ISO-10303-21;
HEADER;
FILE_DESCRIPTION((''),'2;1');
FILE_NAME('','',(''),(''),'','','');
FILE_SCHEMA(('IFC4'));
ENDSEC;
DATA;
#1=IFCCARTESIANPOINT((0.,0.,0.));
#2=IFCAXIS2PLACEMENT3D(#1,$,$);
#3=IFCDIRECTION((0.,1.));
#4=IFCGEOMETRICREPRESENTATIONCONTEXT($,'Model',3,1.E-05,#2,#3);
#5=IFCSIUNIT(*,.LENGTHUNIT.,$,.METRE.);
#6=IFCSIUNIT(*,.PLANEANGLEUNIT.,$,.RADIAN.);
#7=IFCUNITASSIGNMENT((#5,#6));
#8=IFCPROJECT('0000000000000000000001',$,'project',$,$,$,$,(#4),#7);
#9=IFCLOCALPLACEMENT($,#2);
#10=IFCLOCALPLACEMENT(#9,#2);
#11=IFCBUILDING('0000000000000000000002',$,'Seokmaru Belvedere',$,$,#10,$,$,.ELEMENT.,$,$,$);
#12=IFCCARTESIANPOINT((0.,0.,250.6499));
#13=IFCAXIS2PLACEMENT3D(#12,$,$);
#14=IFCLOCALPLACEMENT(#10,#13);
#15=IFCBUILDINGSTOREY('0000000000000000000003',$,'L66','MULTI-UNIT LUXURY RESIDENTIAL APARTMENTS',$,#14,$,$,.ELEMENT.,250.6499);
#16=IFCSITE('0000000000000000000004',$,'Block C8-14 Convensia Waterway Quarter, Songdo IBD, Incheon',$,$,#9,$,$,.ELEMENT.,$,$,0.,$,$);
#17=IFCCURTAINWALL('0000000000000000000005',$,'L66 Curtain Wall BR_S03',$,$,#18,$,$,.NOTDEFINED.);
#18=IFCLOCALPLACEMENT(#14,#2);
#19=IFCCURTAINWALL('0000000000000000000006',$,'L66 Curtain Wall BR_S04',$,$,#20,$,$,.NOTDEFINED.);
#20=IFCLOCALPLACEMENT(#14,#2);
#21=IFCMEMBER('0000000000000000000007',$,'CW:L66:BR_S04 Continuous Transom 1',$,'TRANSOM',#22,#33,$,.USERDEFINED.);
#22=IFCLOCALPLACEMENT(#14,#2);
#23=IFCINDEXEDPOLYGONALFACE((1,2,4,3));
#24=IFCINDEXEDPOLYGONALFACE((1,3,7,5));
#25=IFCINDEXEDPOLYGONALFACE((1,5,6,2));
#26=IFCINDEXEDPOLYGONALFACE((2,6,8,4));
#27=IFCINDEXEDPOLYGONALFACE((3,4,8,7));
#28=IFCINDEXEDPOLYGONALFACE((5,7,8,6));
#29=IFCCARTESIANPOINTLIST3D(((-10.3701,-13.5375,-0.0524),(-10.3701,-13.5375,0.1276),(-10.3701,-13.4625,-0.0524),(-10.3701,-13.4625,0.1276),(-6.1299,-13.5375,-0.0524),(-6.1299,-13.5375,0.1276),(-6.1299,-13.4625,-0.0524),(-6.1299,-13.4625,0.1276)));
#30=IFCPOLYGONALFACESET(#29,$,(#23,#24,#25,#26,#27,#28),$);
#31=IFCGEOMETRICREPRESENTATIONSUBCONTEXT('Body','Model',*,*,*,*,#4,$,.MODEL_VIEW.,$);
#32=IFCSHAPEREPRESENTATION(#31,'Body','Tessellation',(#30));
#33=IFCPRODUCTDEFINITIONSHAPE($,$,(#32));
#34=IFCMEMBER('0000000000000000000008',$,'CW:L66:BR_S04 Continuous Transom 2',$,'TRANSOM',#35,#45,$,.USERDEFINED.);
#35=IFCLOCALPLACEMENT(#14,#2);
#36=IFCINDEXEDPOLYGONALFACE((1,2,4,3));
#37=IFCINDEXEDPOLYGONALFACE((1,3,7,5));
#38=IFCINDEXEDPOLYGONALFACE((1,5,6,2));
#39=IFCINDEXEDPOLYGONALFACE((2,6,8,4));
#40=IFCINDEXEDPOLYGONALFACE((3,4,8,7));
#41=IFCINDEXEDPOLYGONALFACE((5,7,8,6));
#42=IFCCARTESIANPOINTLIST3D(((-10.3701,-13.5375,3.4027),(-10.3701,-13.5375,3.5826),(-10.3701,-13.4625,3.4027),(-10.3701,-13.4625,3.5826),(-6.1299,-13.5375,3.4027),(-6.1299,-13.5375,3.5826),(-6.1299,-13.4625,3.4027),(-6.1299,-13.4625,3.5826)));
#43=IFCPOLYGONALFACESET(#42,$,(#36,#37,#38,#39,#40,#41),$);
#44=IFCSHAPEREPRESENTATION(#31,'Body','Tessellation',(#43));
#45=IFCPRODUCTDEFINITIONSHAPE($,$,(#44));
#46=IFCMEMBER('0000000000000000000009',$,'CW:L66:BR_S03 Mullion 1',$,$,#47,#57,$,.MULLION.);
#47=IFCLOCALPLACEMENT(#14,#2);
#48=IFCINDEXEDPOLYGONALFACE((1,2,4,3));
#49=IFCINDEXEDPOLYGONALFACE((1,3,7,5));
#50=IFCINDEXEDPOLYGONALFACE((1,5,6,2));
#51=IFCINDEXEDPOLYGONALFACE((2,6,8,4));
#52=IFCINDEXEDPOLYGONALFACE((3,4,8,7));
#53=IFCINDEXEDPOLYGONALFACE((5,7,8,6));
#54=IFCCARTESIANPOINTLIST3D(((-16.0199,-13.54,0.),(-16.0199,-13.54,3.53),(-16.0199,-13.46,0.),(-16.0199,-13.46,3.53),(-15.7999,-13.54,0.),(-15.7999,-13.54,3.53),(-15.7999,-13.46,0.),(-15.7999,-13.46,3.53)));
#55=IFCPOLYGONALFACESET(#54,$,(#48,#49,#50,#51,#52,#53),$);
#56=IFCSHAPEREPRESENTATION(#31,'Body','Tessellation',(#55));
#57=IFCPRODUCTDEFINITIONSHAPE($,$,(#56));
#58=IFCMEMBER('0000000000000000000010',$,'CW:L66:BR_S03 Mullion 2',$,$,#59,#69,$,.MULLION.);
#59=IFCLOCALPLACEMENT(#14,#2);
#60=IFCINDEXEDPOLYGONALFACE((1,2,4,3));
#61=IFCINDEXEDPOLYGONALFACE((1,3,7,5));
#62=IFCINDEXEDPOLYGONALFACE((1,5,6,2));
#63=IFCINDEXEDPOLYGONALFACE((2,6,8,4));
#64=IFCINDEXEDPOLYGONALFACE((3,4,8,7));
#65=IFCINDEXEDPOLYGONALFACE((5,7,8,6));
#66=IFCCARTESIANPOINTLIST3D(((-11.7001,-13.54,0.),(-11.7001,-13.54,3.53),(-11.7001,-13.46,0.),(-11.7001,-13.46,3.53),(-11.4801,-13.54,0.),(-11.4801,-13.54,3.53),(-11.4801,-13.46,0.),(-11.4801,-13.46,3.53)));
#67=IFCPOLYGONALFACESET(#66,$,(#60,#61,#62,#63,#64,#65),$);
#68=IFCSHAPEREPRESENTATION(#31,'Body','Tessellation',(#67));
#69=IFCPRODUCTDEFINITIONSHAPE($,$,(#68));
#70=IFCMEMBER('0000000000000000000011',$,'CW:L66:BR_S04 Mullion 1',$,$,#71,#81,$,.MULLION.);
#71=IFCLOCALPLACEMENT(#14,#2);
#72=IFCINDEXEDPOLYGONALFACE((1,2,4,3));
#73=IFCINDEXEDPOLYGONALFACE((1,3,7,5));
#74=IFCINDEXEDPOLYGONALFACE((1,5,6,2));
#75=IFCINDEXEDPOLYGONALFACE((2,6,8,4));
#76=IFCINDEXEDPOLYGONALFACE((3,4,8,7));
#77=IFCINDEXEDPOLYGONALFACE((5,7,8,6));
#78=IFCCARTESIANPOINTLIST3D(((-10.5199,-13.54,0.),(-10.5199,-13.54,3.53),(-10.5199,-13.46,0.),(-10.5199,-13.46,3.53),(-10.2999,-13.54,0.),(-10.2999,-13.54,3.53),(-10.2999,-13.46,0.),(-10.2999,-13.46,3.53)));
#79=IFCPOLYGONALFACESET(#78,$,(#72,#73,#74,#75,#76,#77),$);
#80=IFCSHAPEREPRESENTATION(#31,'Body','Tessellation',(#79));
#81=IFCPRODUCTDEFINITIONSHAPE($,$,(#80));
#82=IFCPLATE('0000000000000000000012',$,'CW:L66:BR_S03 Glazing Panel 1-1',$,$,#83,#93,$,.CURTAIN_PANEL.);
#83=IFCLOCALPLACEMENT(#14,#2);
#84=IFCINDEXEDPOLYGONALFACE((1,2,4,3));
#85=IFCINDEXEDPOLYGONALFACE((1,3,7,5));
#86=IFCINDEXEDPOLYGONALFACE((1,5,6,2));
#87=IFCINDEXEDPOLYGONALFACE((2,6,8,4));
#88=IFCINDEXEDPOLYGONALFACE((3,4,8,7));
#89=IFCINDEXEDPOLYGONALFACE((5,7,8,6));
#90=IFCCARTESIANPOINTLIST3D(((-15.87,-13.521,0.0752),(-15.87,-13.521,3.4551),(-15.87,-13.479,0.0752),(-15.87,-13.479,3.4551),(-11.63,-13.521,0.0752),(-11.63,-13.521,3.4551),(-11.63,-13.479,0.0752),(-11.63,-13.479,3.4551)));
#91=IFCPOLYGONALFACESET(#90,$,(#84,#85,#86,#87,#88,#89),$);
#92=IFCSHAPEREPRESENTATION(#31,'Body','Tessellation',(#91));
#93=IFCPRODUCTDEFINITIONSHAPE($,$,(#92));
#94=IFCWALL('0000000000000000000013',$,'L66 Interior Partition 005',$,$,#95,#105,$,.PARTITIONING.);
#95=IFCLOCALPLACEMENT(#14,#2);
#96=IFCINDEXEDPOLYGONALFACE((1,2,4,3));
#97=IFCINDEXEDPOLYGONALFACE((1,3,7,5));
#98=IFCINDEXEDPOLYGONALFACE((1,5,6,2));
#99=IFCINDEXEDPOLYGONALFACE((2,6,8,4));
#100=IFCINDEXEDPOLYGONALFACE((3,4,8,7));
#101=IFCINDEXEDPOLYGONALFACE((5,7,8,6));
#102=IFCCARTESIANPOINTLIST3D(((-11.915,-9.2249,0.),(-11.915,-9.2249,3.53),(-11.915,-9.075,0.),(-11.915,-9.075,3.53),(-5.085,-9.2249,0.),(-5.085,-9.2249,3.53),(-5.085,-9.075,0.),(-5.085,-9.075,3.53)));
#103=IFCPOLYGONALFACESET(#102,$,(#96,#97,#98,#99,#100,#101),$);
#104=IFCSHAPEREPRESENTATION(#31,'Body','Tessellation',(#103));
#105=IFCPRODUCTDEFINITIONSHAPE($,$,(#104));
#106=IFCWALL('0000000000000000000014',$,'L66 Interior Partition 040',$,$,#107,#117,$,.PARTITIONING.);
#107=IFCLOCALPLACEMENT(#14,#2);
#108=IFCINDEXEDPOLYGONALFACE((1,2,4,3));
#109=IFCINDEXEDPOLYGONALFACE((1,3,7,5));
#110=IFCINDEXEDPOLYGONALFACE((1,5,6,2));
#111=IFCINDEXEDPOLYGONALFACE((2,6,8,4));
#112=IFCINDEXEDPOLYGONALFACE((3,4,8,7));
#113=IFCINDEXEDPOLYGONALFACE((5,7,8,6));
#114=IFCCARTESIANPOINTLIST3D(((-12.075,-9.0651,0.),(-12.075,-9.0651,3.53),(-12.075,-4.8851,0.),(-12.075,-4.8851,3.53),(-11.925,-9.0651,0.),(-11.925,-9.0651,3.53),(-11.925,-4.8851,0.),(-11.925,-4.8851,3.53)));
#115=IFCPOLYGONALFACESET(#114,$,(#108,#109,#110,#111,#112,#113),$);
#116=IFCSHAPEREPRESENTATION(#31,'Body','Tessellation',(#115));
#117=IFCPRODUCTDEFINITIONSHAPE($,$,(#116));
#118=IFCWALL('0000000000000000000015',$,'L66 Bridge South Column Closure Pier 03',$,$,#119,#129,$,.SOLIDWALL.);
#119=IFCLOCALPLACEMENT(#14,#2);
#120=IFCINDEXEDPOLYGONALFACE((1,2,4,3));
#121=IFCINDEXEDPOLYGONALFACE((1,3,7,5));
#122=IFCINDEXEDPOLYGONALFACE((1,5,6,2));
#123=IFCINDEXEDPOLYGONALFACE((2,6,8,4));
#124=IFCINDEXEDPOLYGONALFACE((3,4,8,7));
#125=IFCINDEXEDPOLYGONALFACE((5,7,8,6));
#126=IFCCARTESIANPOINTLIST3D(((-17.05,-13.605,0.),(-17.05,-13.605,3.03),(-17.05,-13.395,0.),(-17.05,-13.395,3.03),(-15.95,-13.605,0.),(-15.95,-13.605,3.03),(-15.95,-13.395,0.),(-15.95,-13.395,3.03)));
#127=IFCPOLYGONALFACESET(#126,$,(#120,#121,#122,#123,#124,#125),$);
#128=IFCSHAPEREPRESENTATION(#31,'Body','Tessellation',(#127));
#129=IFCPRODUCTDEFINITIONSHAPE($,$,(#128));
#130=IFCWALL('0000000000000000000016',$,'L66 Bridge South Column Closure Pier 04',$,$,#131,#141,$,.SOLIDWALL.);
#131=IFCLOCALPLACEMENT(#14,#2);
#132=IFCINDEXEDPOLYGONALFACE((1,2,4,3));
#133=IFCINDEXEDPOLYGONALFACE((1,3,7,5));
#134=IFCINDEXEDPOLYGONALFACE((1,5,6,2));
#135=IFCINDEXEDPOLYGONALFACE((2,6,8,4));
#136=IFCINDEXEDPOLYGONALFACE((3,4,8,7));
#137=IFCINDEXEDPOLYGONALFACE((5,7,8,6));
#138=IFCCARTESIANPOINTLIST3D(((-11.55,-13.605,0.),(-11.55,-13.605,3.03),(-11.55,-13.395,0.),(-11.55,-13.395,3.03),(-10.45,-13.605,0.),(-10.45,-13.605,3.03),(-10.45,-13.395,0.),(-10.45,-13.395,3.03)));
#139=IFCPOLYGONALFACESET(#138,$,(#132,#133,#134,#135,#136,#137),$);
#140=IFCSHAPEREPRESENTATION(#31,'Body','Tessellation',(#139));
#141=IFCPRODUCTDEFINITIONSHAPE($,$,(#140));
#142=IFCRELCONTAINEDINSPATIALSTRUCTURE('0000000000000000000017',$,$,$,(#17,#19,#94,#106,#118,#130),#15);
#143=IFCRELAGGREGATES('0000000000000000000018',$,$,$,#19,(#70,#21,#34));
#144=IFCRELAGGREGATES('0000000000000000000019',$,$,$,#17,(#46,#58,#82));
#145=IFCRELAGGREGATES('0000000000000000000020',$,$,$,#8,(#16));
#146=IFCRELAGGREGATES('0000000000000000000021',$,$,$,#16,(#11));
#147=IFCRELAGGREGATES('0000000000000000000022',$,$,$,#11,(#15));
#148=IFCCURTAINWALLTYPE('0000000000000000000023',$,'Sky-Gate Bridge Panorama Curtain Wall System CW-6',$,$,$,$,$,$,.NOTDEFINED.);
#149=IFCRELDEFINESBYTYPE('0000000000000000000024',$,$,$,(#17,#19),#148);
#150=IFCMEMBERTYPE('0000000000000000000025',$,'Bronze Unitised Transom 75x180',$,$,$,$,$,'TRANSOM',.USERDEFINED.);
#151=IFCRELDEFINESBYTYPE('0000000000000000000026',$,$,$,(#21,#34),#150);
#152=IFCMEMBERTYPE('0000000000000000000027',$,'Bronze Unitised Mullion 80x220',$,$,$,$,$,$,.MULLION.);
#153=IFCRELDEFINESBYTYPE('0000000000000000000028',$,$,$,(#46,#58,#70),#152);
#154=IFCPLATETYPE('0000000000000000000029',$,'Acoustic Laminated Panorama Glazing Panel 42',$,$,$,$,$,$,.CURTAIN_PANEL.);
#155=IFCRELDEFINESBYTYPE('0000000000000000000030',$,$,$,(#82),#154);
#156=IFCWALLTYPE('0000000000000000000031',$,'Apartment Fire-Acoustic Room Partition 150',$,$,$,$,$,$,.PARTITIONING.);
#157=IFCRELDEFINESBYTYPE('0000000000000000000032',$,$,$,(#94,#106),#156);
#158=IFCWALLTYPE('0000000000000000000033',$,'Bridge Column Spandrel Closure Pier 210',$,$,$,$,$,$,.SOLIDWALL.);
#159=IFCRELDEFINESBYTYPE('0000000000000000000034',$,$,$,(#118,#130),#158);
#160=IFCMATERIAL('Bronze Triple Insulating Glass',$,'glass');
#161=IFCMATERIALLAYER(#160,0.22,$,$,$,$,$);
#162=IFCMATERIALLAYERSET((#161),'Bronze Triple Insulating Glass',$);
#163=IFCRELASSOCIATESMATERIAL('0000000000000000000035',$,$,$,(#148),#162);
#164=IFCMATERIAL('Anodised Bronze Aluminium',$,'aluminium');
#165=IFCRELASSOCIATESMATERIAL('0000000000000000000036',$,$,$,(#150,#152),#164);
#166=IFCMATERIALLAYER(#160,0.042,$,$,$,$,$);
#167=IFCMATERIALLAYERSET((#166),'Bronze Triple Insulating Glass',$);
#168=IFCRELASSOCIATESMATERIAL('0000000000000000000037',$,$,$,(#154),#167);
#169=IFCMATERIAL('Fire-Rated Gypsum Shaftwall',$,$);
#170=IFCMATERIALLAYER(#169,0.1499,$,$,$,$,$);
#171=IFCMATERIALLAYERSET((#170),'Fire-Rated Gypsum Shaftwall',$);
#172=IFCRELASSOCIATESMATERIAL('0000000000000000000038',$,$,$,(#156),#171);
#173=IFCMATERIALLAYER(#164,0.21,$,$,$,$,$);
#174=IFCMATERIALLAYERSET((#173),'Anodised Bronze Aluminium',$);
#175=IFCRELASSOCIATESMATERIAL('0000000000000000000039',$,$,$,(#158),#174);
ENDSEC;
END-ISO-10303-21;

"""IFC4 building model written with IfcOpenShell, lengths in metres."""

from ifc_helpers import new_model, si_unit, direction, frame, frame_2d, origin, origin_2d, place, context, subcontext, project, spatial, rectangle, extrude, source, transform, mapped, material, layer, layer_set, material_profile, profile_set, type_object, type_shapes, element, aggregate, save


model = new_model("IFC4")

# Units and contexts
model_context = context("Model", 3, precision=1e-05, world=origin(), true_north=direction((0.0, 1.0)))
body_context = subcontext(model_context, "Body", "Model", "MODEL_VIEW")
ifc_project = project(units=[si_unit("LENGTHUNIT", "METRE"), si_unit("PLANEANGLEUNIT", "RADIAN")], contexts=[model_context])

# Site, building, storey
site_placement = place(None, origin())
site = spatial("IfcSite", under=ifc_project, at=site_placement, Name="Block C8-14 Convensia Waterway Quarter, Songdo IBD, Incheon", CompositionType="ELEMENT", RefElevation=0.0)
building_placement = place(site_placement, origin())
building = spatial("IfcBuilding", under=site, at=building_placement, Name="Seokmaru Belvedere", CompositionType="ELEMENT")
storey_placement = place(building_placement, frame((0.0, 0.0, 250.6499)))
storey = spatial("IfcBuildingStorey", under=building, at=storey_placement, Name="L66", Description="MULTI-UNIT LUXURY RESIDENTIAL APARTMENTS", CompositionType="ELEMENT", Elevation=250.6499)

# Curtain walls, members
ifc_material_1 = material(Name="Bronze Triple Insulating Glass", Category="glass")
ifc_layer_1 = layer(ifc_material_1, 0.22)
ifc_layer_set_1 = layer_set([ifc_layer_1], Name="Bronze Triple Insulating Glass")
curtain_wall_type = type_object("IfcCurtainWallType", Name="Sky-Gate Bridge Panorama Curtain Wall System CW-6", PredefinedType="NOTDEFINED", material=ifc_layer_set_1)
curtain_wall_1_placement = place(storey_placement, origin())
curtain_wall_1 = element("IfcCurtainWall", 1, at=curtain_wall_1_placement, inside=storey, type_object=curtain_wall_type, Name="L66 Curtain Wall BR_S03", PredefinedType="NOTDEFINED")
ifc_material_2 = material(Name="Anodised Bronze Aluminium", Category="aluminium")
ifc_material_profile_1 = material_profile(ifc_material_2, rectangle(XDim=0.075, YDim=0.1799, at=origin_2d()), Name="CW-T-75x180")
ifc_profile_set_1 = profile_set([ifc_material_profile_1], Name="Anodised Bronze Aluminium")
member_type_1 = type_object("IfcMemberType", Name="Bronze Unitised Transom 75x180", ElementType="TRANSOM", PredefinedType="USERDEFINED", material=ifc_profile_set_1)
shared_shape_1 = source(origin(), body_context, "Body", "SweptSolid", [
    extrude(rectangle(XDim=0.075, YDim=0.1799, at=origin_2d()), origin(), (0.0, 0.0, 1.0), 4.2402),
])
type_shapes(member_type_1, [shared_shape_1])
curtain_wall_2_placement = place(storey_placement, origin())
curtain_wall_2 = element("IfcCurtainWall", 2, at=curtain_wall_2_placement, inside=storey, type_object=curtain_wall_type, Name="L66 Curtain Wall BR_S04", PredefinedType="NOTDEFINED")
member_1_placement = place(storey_placement, frame((-10.3701, -13.5, 0.0376), z_axis=(1.0, 0.0, 0.0), x_axis=(0.0, 1.0, 0.0)))
member_1 = element("IfcMember", 3, at=member_1_placement, type_object=member_type_1, Name="CW:L66:BR_S04 Continuous Transom 1", ObjectType="TRANSOM", PredefinedType="USERDEFINED", context=body_context, shape_type="MappedRepresentation", body=[
    mapped(shared_shape_1, transform((0.0, 0.0, 0.0), scale=1.0)),
])
member_2_placement = place(storey_placement, frame((-10.3701, -13.5, 3.4927), z_axis=(1.0, 0.0, 0.0), x_axis=(0.0, 1.0, 0.0)))
member_2 = element("IfcMember", 4, at=member_2_placement, type_object=member_type_1, Name="CW:L66:BR_S04 Continuous Transom 2", ObjectType="TRANSOM", PredefinedType="USERDEFINED", context=body_context, shape_type="MappedRepresentation", body=[
    mapped(shared_shape_1, transform((0.0, 0.0, 0.0), scale=1.0)),
])

# Members
ifc_material_profile_2 = material_profile(ifc_material_2, rectangle(XDim=0.0801, YDim=0.22, at=origin_2d()), Name="CW-M-80x220")
ifc_profile_set_2 = profile_set([ifc_material_profile_2], Name="Anodised Bronze Aluminium")
member_type_2 = type_object("IfcMemberType", Name="Bronze Unitised Mullion 80x220", PredefinedType="MULLION", material=ifc_profile_set_2)
shared_shape_2 = source(origin(), body_context, "Body", "SweptSolid", [
    extrude(rectangle(XDim=0.0801, YDim=0.22, at=origin_2d()), origin(), (0.0, 0.0, 1.0), 3.53),
])
type_shapes(member_type_2, [shared_shape_2])
member_3_placement = place(storey_placement, frame((-15.9099, -13.5, 0.0), z_axis=(0.0, 0.0, 1.0), x_axis=(0.0, 1.0, 0.0)))
member_3 = element("IfcMember", 5, at=member_3_placement, type_object=member_type_2, Name="CW:L66:BR_S03 Mullion 1", PredefinedType="MULLION", context=body_context, shape_type="MappedRepresentation", body=[
    mapped(shared_shape_2, transform((0.0, 0.0, 0.0), scale=1.0)),
])
member_4_placement = place(storey_placement, frame((-11.5901, -13.5, 0.0), z_axis=(0.0, 0.0, 1.0), x_axis=(0.0, 1.0, 0.0)))
member_4 = element("IfcMember", 6, at=member_4_placement, type_object=member_type_2, Name="CW:L66:BR_S03 Mullion 2", PredefinedType="MULLION", context=body_context, shape_type="MappedRepresentation", body=[
    mapped(shared_shape_2, transform((0.0, 0.0, 0.0), scale=1.0)),
])
member_5_placement = place(storey_placement, frame((-10.4099, -13.5, 0.0), z_axis=(0.0, 0.0, 1.0), x_axis=(0.0, 1.0, 0.0)))
member_5 = element("IfcMember", 7, at=member_5_placement, type_object=member_type_2, Name="CW:L66:BR_S04 Mullion 1", PredefinedType="MULLION", context=body_context, shape_type="MappedRepresentation", body=[
    mapped(shared_shape_2, transform((0.0, 0.0, 0.0), scale=1.0)),
])
aggregate(curtain_wall_2, [member_5, member_1, member_2])

# Plate
ifc_layer_2 = layer(ifc_material_1, 0.042)
ifc_layer_set_2 = layer_set([ifc_layer_2], Name="Bronze Triple Insulating Glass")
plate_type = type_object("IfcPlateType", Name="Acoustic Laminated Panorama Glazing Panel 42", PredefinedType="CURTAIN_PANEL", material=ifc_layer_set_2)
shared_shape_3 = source(origin(), body_context, "Body", "SweptSolid", [
    extrude(rectangle(XDim=4.24, YDim=0.042, at=origin_2d()), origin(), (0.0, 0.0, 1.0), 3.3799),
])
type_shapes(plate_type, [shared_shape_3])
plate_placement = place(storey_placement, frame((-13.75, -13.5, 0.0752), z_axis=(0.0, 0.0, 1.0), x_axis=(1.0, 0.0, 0.0)))
plate = element("IfcPlate", 8, at=plate_placement, type_object=plate_type, Name="CW:L66:BR_S03 Glazing Panel 1-1", PredefinedType="CURTAIN_PANEL", context=body_context, shape_type="MappedRepresentation", body=[
    mapped(shared_shape_3, transform((0.0, 0.0, 0.0), scale=1.0)),
])
aggregate(curtain_wall_1, [member_3, member_4, plate])

# Walls
ifc_material_3 = material(Name="Fire-Rated Gypsum Shaftwall")
ifc_layer_3 = layer(ifc_material_3, 0.1499)
ifc_layer_set_3 = layer_set([ifc_layer_3], Name="Fire-Rated Gypsum Shaftwall")
wall_type_1 = type_object("IfcWallType", Name="Apartment Fire-Acoustic Room Partition 150", PredefinedType="PARTITIONING", material=ifc_layer_set_3)
wall_1_placement = place(storey_placement, frame((-11.915, -9.1499, 0.0), z_axis=(0.0, 0.0, 1.0), x_axis=(1.0, 0.0, 0.0)))
element("IfcWall", 9, at=wall_1_placement, inside=storey, type_object=wall_type_1, Name="L66 Interior Partition 005", PredefinedType="PARTITIONING", context=body_context, shape_type="SweptSolid", body=[
    extrude(rectangle(XDim=6.8301, YDim=0.1499, at=frame_2d((3.415, 0.0))), origin(), (0.0, 0.0, 1.0), 3.53),
])
wall_2_placement = place(storey_placement, frame((-12.0, -9.0649, 0.0), z_axis=(0.0, 0.0, 1.0), x_axis=(0.0, 1.0, 0.0)))
element("IfcWall", 10, at=wall_2_placement, inside=storey, type_object=wall_type_1, Name="L66 Interior Partition 040", PredefinedType="PARTITIONING", context=body_context, shape_type="SweptSolid", body=[
    extrude(rectangle(XDim=4.1799, YDim=0.1499, at=frame_2d((2.0898, 0.0))), origin(), (0.0, 0.0, 1.0), 3.53),
])
ifc_layer_4 = layer(ifc_material_2, 0.21)
ifc_layer_set_4 = layer_set([ifc_layer_4], Name="Anodised Bronze Aluminium")
wall_type_2 = type_object("IfcWallType", Name="Bridge Column Spandrel Closure Pier 210", PredefinedType="SOLIDWALL", material=ifc_layer_set_4)
for number, where, z_axis, x_axis, name in (
    (11, (-17.05, -13.5, 0.0), (0.0, 0.0, 1.0), (1.0, 0.0, 0.0), "L66 Bridge South Column Closure Pier 03"),
    (12, (-11.55, -13.5, 0.0), (0.0, 0.0, 1.0), (1.0, 0.0, 0.0), "L66 Bridge South Column Closure Pier 04"),
):
    element("IfcWall", number, at=place(storey_placement, frame(where, z_axis=z_axis, x_axis=x_axis)), inside=storey, type_object=wall_type_2, Name=name, PredefinedType="SOLIDWALL", context=body_context, shape_type="SweptSolid", body=[
        extrude(rectangle(XDim=1.1001, YDim=0.21, at=frame_2d((0.55, 0.0))), origin(), (0.0, 0.0, 1.0), 3.03),
    ])

save(model, "model.ifc")
